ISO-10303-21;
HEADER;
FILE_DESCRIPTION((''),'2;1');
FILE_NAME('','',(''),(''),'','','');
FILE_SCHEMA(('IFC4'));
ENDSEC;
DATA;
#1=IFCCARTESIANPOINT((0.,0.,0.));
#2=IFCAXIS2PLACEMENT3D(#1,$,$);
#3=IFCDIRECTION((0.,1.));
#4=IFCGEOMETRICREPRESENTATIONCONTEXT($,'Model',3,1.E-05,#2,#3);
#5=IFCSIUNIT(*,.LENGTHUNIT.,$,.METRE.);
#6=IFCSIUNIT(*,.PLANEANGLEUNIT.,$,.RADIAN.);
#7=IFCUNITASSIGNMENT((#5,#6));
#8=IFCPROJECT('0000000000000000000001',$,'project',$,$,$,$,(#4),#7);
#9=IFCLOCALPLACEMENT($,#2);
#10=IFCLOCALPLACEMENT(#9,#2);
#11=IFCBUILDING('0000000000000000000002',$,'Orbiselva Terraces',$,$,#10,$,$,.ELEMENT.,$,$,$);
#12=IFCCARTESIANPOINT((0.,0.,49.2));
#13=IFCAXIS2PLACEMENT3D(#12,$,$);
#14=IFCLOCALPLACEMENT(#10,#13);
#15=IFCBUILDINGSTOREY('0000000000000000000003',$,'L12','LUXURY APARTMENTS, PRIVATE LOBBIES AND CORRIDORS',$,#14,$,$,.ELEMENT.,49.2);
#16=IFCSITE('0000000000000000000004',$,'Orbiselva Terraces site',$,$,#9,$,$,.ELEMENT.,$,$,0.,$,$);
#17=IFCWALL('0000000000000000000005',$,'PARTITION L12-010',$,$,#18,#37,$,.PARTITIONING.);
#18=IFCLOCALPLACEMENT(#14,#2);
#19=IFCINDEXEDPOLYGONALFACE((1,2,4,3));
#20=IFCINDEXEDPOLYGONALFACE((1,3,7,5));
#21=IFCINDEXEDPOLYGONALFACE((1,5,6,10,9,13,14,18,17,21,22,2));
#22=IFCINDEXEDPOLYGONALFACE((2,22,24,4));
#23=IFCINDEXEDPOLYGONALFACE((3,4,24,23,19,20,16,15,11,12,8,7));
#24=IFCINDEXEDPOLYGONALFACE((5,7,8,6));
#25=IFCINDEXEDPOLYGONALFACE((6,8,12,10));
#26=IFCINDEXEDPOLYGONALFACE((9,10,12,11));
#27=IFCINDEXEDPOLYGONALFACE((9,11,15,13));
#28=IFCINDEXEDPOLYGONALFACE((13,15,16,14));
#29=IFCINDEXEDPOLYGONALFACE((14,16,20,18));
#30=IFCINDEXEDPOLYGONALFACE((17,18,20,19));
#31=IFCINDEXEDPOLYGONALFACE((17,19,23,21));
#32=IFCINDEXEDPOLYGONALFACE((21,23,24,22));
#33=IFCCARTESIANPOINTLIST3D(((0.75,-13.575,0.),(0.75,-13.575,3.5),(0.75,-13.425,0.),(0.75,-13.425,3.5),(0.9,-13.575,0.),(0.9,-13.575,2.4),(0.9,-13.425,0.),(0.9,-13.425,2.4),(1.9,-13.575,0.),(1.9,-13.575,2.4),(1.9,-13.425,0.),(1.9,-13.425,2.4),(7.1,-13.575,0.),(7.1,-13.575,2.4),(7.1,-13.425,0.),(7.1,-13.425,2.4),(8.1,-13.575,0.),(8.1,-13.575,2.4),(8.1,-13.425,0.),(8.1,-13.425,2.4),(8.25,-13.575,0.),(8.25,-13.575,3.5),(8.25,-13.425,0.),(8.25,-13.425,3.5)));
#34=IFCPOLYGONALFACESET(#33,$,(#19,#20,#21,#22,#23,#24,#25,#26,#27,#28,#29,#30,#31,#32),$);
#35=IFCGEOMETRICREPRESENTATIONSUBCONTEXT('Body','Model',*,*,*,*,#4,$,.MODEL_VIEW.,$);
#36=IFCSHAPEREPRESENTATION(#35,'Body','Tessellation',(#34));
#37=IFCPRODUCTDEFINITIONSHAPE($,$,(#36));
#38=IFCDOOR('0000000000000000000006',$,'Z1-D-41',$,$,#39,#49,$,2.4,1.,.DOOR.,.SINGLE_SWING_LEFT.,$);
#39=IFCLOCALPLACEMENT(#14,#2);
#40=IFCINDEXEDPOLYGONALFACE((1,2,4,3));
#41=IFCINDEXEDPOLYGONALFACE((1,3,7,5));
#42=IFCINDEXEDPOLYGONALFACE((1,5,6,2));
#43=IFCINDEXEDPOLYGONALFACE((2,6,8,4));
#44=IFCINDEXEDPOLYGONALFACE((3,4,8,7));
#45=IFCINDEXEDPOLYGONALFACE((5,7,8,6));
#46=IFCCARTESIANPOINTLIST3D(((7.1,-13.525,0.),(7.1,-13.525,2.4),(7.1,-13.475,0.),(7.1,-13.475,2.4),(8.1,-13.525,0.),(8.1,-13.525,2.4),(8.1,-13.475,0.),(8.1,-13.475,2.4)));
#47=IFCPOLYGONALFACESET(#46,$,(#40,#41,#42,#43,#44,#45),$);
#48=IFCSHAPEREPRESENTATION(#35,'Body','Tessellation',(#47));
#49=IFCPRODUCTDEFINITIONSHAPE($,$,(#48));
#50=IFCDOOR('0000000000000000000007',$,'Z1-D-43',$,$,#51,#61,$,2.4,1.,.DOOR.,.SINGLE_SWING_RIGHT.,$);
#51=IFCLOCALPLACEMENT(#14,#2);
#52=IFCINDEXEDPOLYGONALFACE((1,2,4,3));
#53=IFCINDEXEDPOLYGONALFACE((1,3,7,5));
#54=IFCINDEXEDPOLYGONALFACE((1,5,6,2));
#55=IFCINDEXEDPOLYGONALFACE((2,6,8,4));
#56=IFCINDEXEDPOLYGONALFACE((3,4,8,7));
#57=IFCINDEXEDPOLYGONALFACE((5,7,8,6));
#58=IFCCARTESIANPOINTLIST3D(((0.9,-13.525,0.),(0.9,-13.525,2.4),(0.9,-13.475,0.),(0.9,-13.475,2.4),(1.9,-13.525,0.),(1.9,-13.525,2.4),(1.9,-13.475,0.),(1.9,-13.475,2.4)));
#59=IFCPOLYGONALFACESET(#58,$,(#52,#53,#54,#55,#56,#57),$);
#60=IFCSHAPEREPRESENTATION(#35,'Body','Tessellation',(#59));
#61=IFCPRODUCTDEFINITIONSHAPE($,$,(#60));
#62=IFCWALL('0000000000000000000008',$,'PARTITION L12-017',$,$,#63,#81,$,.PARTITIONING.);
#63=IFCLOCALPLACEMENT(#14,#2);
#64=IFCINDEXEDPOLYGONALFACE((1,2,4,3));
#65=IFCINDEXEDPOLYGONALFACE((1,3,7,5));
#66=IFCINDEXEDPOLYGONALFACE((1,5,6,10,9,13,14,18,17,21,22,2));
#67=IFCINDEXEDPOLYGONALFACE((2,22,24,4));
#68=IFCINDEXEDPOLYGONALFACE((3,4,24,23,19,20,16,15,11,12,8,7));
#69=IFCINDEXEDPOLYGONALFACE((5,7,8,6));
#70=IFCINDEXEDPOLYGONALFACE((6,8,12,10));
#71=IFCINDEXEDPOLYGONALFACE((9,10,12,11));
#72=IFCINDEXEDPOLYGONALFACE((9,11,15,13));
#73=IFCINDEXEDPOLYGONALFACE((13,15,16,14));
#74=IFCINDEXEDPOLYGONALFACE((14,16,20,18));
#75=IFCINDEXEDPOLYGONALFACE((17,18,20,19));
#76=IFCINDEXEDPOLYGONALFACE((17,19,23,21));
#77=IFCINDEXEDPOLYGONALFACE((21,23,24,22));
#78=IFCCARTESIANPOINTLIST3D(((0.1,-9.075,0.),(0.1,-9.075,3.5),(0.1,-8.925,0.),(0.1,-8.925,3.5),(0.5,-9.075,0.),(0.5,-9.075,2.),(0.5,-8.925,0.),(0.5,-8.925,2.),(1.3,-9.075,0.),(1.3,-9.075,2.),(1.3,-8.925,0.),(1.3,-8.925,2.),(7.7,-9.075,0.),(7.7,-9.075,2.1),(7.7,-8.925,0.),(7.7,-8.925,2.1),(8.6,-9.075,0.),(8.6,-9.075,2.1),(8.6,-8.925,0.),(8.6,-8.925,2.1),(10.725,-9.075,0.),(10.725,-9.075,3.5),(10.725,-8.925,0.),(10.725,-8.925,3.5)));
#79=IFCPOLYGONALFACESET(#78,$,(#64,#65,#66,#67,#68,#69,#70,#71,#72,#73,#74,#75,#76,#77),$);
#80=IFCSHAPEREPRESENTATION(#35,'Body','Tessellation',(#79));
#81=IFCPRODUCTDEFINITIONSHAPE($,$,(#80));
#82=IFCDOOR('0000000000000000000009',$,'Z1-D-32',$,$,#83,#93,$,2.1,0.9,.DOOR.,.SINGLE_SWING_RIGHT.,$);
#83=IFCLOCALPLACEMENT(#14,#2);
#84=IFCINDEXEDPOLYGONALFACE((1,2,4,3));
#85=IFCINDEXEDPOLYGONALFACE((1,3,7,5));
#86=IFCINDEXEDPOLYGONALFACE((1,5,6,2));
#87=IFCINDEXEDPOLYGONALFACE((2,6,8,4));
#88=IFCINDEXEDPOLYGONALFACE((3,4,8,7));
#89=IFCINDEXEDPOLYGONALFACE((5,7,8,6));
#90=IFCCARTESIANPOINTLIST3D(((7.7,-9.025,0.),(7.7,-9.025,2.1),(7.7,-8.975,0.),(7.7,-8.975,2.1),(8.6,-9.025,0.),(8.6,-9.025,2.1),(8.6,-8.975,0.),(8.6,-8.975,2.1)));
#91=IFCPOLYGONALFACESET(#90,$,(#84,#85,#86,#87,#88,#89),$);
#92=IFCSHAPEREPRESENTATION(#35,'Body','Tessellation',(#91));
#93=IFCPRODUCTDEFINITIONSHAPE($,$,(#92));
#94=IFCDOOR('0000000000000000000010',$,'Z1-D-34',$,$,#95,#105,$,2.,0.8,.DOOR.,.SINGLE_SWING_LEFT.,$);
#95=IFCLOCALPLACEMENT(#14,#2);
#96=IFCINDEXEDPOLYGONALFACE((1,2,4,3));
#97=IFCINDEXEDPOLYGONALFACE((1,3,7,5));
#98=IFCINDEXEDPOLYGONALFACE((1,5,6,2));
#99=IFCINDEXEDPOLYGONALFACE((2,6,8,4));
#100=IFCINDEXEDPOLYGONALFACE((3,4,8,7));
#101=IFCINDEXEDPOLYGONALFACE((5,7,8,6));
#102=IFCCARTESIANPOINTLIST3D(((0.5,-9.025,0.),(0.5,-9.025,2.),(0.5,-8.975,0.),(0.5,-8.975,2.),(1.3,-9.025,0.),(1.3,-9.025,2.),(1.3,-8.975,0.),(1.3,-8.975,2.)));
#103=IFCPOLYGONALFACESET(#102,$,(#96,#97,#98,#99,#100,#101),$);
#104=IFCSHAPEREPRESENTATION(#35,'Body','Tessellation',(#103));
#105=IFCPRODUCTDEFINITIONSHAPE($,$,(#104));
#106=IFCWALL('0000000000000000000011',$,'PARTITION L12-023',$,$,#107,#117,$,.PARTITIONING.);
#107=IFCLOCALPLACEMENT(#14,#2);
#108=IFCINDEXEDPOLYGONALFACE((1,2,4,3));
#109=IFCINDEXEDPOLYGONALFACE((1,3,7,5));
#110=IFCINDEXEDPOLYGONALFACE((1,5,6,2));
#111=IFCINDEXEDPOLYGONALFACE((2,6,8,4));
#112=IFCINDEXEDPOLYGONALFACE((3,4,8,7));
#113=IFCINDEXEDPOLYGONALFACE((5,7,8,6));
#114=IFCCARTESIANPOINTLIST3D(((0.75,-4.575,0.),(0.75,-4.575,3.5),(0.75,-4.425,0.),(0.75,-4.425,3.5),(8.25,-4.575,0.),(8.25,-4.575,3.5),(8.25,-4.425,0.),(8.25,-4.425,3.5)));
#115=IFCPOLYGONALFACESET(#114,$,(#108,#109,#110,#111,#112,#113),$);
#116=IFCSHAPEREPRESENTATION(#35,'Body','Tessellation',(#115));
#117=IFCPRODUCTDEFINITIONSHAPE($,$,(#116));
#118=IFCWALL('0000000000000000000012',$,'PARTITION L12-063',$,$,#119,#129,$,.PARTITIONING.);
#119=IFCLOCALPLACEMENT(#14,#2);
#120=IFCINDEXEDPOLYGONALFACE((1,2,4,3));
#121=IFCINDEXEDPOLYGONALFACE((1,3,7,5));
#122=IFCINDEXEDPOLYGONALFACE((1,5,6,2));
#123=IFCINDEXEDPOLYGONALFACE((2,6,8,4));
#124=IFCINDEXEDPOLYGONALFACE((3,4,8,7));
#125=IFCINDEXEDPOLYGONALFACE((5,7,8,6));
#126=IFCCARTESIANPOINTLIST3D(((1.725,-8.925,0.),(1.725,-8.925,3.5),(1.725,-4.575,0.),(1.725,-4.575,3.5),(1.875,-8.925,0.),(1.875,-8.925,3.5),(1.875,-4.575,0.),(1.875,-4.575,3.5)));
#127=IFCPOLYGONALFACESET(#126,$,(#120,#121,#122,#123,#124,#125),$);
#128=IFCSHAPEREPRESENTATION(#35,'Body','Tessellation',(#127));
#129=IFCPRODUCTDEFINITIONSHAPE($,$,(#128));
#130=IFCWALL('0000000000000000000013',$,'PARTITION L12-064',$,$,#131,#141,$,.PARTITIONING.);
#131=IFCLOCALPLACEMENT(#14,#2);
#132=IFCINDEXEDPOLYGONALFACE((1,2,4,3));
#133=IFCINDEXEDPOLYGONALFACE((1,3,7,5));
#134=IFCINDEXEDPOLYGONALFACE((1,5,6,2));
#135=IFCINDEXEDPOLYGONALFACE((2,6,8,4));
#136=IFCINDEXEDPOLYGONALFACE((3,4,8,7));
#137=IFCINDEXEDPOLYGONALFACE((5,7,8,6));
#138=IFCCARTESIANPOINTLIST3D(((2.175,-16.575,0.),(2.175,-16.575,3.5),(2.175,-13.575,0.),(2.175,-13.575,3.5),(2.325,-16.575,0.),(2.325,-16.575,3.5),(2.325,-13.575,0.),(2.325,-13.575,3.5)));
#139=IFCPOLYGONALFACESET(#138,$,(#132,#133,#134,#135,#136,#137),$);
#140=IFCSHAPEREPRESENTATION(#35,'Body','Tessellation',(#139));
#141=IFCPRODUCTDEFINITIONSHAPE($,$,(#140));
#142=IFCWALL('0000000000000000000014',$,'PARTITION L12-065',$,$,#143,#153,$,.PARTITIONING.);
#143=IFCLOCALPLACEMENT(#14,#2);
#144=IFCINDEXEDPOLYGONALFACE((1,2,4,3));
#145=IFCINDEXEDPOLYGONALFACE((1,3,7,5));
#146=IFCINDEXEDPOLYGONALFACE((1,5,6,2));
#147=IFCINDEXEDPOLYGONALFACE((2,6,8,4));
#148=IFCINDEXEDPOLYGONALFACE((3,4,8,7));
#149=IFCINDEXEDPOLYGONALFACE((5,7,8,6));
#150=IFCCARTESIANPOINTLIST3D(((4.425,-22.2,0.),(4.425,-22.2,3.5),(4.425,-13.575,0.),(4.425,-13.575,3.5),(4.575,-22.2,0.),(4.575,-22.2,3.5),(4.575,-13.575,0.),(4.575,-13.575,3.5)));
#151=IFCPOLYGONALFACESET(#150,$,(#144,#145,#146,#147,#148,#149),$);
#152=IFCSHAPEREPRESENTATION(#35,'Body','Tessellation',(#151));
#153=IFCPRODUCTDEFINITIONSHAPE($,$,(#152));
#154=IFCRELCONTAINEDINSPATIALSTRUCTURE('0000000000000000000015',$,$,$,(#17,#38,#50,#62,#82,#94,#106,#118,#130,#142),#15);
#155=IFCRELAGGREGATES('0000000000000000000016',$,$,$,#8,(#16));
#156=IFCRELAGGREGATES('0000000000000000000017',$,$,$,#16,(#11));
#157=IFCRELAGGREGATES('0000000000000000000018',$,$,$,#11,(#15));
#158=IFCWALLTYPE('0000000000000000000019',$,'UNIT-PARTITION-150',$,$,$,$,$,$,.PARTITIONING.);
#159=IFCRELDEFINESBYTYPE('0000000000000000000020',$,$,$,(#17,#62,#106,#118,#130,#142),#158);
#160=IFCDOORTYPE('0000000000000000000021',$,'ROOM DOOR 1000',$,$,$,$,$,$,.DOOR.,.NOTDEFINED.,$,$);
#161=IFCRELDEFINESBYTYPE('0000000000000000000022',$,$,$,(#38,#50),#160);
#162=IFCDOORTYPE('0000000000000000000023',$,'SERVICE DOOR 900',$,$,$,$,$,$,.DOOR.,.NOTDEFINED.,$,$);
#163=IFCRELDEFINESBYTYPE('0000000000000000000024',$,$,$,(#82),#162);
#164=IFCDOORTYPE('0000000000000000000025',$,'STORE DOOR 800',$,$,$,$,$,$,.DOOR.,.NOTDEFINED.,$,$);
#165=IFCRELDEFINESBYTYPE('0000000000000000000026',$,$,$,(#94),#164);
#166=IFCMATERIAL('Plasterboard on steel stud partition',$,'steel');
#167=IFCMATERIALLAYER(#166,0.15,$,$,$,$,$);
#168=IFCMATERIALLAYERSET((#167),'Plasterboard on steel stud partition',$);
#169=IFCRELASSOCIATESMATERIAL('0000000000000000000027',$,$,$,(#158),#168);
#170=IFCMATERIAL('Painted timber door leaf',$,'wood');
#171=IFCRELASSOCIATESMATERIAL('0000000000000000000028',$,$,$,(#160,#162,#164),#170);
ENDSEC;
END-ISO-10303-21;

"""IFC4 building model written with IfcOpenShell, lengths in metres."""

from ifc_helpers import new_model, si_unit, direction, frame, frame_2d, origin, place, context, subcontext, project, spatial, rectangle, extrude, material, layer, layer_set, type_object, element, fill, save


model = new_model("IFC4")

# Units and contexts
model_context = context("Model", 3, precision=1e-05, world=origin(), true_north=direction((0.0, 1.0)))
body_context = subcontext(model_context, "Body", "Model", "MODEL_VIEW")
ifc_project = project(units=[si_unit("LENGTHUNIT", "METRE"), si_unit("PLANEANGLEUNIT", "RADIAN")], contexts=[model_context])

# Site, building, storey
site_placement = place(None, origin())
site = spatial("IfcSite", under=ifc_project, at=site_placement, Name="Orbiselva Terraces site", CompositionType="ELEMENT", RefElevation=0.0)
building_placement = place(site_placement, origin())
building = spatial("IfcBuilding", under=site, at=building_placement, Name="Orbiselva Terraces", CompositionType="ELEMENT")
storey_placement = place(building_placement, frame((0.0, 0.0, 49.2)))
storey = spatial("IfcBuildingStorey", under=building, at=storey_placement, Name="L12", Description="LUXURY APARTMENTS, PRIVATE LOBBIES AND CORRIDORS", CompositionType="ELEMENT", Elevation=49.2)

# Shared definitions
ifc_material_1 = material(Name="Plasterboard on steel stud partition", Category="steel")

# Shared definitions
ifc_layer_1 = layer(ifc_material_1, 0.15)
ifc_layer_set_1 = layer_set([ifc_layer_1], Name="Plasterboard on steel stud partition")
wall_type_1 = type_object("IfcWallType", Name="UNIT-PARTITION-150", PredefinedType="PARTITIONING", material=ifc_layer_set_1)
ifc_material_2 = material(Name="Painted timber door leaf", Category="wood")

# Walls, openings, doors
wall_1_placement = place(storey_placement, frame((8.25, -13.5, 0.0), z_axis=(0.0, 0.0, 1.0), x_axis=(-1.0, 0.0, 0.0)))
wall_1 = element("IfcWall", 1, at=wall_1_placement, inside=storey, type_object=wall_type_1, Name="PARTITION L12-010", PredefinedType="PARTITIONING", context=body_context, shape_type="SweptSolid", body=[
    extrude(rectangle(XDim=7.5, YDim=0.15, at=frame_2d((3.75, 0.0))), origin(), (0.0, 0.0, 1.0), 3.5),
])
opening_1_placement = place(wall_1_placement, frame((0.15, 0.0, 0.0)))
opening_1 = element("IfcOpeningElement", 2, at=opening_1_placement, cuts=wall_1, PredefinedType="OPENING", context=body_context, shape_type="SweptSolid", body=[
    extrude(rectangle(XDim=1.0, YDim=2.4, at=frame_2d((0.5, 1.2))), frame((0.0, 0.085, 0.0), z_axis=(0.0, -1.0, 0.0), x_axis=(1.0, 0.0, 0.0)), (0.0, 0.0, 1.0), 0.17),
])
opening_2_placement = place(wall_1_placement, frame((6.35, 0.0, 0.0)))
opening_2 = element("IfcOpeningElement", 3, at=opening_2_placement, cuts=wall_1, PredefinedType="OPENING", context=body_context, shape_type="SweptSolid", body=[
    extrude(rectangle(XDim=1.0, YDim=2.4, at=frame_2d((0.5, 1.2))), frame((0.0, 0.085, 0.0), z_axis=(0.0, -1.0, 0.0), x_axis=(1.0, 0.0, 0.0)), (0.0, 0.0, 1.0), 0.17),
])
door_type_1 = type_object("IfcDoorType", Name="ROOM DOOR 1000", OperationType="NOTDEFINED", PredefinedType="DOOR", material=ifc_material_2)
door_1_placement = place(opening_1_placement, origin())
door_1 = element("IfcDoor", 4, at=door_1_placement, inside=storey, type_object=door_type_1, Name="Z1-D-41", OperationType="SINGLE_SWING_LEFT", OverallHeight=2.4, OverallWidth=1.0, PredefinedType="DOOR", context=body_context, shape_type="SweptSolid", body=[
    extrude(rectangle(XDim=1.0, YDim=2.4, at=frame_2d((0.5, 1.2))), frame((0.0, 0.025, 0.0), z_axis=(0.0, -1.0, 0.0), x_axis=(1.0, 0.0, 0.0)), (0.0, 0.0, 1.0), 0.05),
])
fill(opening_1, door_1)
door_2_placement = place(opening_2_placement, origin())
door_2 = element("IfcDoor", 5, at=door_2_placement, inside=storey, type_object=door_type_1, Name="Z1-D-43", OperationType="SINGLE_SWING_RIGHT", OverallHeight=2.4, OverallWidth=1.0, PredefinedType="DOOR", context=body_context, shape_type="SweptSolid", body=[
    extrude(rectangle(XDim=1.0, YDim=2.4, at=frame_2d((0.5, 1.2))), frame((0.0, 0.025, 0.0), z_axis=(0.0, -1.0, 0.0), x_axis=(1.0, 0.0, 0.0)), (0.0, 0.0, 1.0), 0.05),
])
fill(opening_2, door_2)
wall_2_placement = place(storey_placement, frame((0.1, -9.0, 0.0), z_axis=(0.0, 0.0, 1.0), x_axis=(1.0, 0.0, 0.0)))
wall_2 = element("IfcWall", 6, at=wall_2_placement, inside=storey, type_object=wall_type_1, Name="PARTITION L12-017", PredefinedType="PARTITIONING", context=body_context, shape_type="SweptSolid", body=[
    extrude(rectangle(XDim=10.625, YDim=0.15, at=frame_2d((5.3125, 0.0))), origin(), (0.0, 0.0, 1.0), 3.5),
])
opening_3_placement = place(wall_2_placement, frame((7.6, 0.0, 0.0)))
opening_3 = element("IfcOpeningElement", 7, at=opening_3_placement, cuts=wall_2, PredefinedType="OPENING", context=body_context, shape_type="SweptSolid", body=[
    extrude(rectangle(XDim=0.9, YDim=2.1, at=frame_2d((0.45, 1.05))), frame((0.0, 0.085, 0.0), z_axis=(0.0, -1.0, 0.0), x_axis=(1.0, 0.0, 0.0)), (0.0, 0.0, 1.0), 0.17),
])
opening_4_placement = place(wall_2_placement, frame((0.4, 0.0, 0.0)))
opening_4 = element("IfcOpeningElement", 8, at=opening_4_placement, cuts=wall_2, PredefinedType="OPENING", context=body_context, shape_type="SweptSolid", body=[
    extrude(rectangle(XDim=0.8, YDim=2.0, at=frame_2d((0.4, 1.0))), frame((0.0, 0.085, 0.0), z_axis=(0.0, -1.0, 0.0), x_axis=(1.0, 0.0, 0.0)), (0.0, 0.0, 1.0), 0.17),
])
door_type_2 = type_object("IfcDoorType", Name="SERVICE DOOR 900", OperationType="NOTDEFINED", PredefinedType="DOOR", material=ifc_material_2)
door_3_placement = place(opening_3_placement, origin())
door_3 = element("IfcDoor", 9, at=door_3_placement, inside=storey, type_object=door_type_2, Name="Z1-D-32", OperationType="SINGLE_SWING_RIGHT", OverallHeight=2.1, OverallWidth=0.9, PredefinedType="DOOR", context=body_context, shape_type="SweptSolid", body=[
    extrude(rectangle(XDim=0.9, YDim=2.1, at=frame_2d((0.45, 1.05))), frame((0.0, 0.025, 0.0), z_axis=(0.0, -1.0, 0.0), x_axis=(1.0, 0.0, 0.0)), (0.0, 0.0, 1.0), 0.05),
])
fill(opening_3, door_3)
door_type_3 = type_object("IfcDoorType", Name="STORE DOOR 800", OperationType="NOTDEFINED", PredefinedType="DOOR", material=ifc_material_2)
door_4_placement = place(opening_4_placement, origin())
door_4 = element("IfcDoor", 10, at=door_4_placement, inside=storey, type_object=door_type_3, Name="Z1-D-34", OperationType="SINGLE_SWING_LEFT", OverallHeight=2.0, OverallWidth=0.8, PredefinedType="DOOR", context=body_context, shape_type="SweptSolid", body=[
    extrude(rectangle(XDim=0.8, YDim=2.0, at=frame_2d((0.4, 1.0))), frame((0.0, 0.025, 0.0), z_axis=(0.0, -1.0, 0.0), x_axis=(1.0, 0.0, 0.0)), (0.0, 0.0, 1.0), 0.05),
])
fill(opening_4, door_4)

# Walls
wall_3_placement = place(storey_placement, frame((0.75, -4.5, 0.0), z_axis=(0.0, 0.0, 1.0), x_axis=(1.0, 0.0, 0.0)))
element("IfcWall", 11, at=wall_3_placement, inside=storey, type_object=wall_type_1, Name="PARTITION L12-023", PredefinedType="PARTITIONING", context=body_context, shape_type="SweptSolid", body=[
    extrude(rectangle(XDim=7.5, YDim=0.15, at=frame_2d((3.75, 0.0))), origin(), (0.0, 0.0, 1.0), 3.5),
])
wall_4_placement = place(storey_placement, frame((1.8, -8.925, 0.0), z_axis=(0.0, 0.0, 1.0), x_axis=(0.0, 1.0, 0.0)))
element("IfcWall", 12, at=wall_4_placement, inside=storey, type_object=wall_type_1, Name="PARTITION L12-063", PredefinedType="PARTITIONING", context=body_context, shape_type="SweptSolid", body=[
    extrude(rectangle(XDim=4.35, YDim=0.15, at=frame_2d((2.175, 0.0))), origin(), (0.0, 0.0, 1.0), 3.5),
])
wall_5_placement = place(storey_placement, frame((2.25, -16.575, 0.0), z_axis=(0.0, 0.0, 1.0), x_axis=(0.0, 1.0, 0.0)))
element("IfcWall", 13, at=wall_5_placement, inside=storey, type_object=wall_type_1, Name="PARTITION L12-064", PredefinedType="PARTITIONING", context=body_context, shape_type="SweptSolid", body=[
    extrude(rectangle(XDim=3.0, YDim=0.15, at=frame_2d((1.5, 0.0))), origin(), (0.0, 0.0, 1.0), 3.5),
])
wall_6_placement = place(storey_placement, frame((4.5, -22.2, 0.0), z_axis=(0.0, 0.0, 1.0), x_axis=(0.0, 1.0, 0.0)))
element("IfcWall", 14, at=wall_6_placement, inside=storey, type_object=wall_type_1, Name="PARTITION L12-065", PredefinedType="PARTITIONING", context=body_context, shape_type="SweptSolid", body=[
    extrude(rectangle(XDim=8.625, YDim=0.15, at=frame_2d((4.3125, 0.0))), origin(), (0.0, 0.0, 1.0), 3.5),
])

save(model, "model.ifc")
